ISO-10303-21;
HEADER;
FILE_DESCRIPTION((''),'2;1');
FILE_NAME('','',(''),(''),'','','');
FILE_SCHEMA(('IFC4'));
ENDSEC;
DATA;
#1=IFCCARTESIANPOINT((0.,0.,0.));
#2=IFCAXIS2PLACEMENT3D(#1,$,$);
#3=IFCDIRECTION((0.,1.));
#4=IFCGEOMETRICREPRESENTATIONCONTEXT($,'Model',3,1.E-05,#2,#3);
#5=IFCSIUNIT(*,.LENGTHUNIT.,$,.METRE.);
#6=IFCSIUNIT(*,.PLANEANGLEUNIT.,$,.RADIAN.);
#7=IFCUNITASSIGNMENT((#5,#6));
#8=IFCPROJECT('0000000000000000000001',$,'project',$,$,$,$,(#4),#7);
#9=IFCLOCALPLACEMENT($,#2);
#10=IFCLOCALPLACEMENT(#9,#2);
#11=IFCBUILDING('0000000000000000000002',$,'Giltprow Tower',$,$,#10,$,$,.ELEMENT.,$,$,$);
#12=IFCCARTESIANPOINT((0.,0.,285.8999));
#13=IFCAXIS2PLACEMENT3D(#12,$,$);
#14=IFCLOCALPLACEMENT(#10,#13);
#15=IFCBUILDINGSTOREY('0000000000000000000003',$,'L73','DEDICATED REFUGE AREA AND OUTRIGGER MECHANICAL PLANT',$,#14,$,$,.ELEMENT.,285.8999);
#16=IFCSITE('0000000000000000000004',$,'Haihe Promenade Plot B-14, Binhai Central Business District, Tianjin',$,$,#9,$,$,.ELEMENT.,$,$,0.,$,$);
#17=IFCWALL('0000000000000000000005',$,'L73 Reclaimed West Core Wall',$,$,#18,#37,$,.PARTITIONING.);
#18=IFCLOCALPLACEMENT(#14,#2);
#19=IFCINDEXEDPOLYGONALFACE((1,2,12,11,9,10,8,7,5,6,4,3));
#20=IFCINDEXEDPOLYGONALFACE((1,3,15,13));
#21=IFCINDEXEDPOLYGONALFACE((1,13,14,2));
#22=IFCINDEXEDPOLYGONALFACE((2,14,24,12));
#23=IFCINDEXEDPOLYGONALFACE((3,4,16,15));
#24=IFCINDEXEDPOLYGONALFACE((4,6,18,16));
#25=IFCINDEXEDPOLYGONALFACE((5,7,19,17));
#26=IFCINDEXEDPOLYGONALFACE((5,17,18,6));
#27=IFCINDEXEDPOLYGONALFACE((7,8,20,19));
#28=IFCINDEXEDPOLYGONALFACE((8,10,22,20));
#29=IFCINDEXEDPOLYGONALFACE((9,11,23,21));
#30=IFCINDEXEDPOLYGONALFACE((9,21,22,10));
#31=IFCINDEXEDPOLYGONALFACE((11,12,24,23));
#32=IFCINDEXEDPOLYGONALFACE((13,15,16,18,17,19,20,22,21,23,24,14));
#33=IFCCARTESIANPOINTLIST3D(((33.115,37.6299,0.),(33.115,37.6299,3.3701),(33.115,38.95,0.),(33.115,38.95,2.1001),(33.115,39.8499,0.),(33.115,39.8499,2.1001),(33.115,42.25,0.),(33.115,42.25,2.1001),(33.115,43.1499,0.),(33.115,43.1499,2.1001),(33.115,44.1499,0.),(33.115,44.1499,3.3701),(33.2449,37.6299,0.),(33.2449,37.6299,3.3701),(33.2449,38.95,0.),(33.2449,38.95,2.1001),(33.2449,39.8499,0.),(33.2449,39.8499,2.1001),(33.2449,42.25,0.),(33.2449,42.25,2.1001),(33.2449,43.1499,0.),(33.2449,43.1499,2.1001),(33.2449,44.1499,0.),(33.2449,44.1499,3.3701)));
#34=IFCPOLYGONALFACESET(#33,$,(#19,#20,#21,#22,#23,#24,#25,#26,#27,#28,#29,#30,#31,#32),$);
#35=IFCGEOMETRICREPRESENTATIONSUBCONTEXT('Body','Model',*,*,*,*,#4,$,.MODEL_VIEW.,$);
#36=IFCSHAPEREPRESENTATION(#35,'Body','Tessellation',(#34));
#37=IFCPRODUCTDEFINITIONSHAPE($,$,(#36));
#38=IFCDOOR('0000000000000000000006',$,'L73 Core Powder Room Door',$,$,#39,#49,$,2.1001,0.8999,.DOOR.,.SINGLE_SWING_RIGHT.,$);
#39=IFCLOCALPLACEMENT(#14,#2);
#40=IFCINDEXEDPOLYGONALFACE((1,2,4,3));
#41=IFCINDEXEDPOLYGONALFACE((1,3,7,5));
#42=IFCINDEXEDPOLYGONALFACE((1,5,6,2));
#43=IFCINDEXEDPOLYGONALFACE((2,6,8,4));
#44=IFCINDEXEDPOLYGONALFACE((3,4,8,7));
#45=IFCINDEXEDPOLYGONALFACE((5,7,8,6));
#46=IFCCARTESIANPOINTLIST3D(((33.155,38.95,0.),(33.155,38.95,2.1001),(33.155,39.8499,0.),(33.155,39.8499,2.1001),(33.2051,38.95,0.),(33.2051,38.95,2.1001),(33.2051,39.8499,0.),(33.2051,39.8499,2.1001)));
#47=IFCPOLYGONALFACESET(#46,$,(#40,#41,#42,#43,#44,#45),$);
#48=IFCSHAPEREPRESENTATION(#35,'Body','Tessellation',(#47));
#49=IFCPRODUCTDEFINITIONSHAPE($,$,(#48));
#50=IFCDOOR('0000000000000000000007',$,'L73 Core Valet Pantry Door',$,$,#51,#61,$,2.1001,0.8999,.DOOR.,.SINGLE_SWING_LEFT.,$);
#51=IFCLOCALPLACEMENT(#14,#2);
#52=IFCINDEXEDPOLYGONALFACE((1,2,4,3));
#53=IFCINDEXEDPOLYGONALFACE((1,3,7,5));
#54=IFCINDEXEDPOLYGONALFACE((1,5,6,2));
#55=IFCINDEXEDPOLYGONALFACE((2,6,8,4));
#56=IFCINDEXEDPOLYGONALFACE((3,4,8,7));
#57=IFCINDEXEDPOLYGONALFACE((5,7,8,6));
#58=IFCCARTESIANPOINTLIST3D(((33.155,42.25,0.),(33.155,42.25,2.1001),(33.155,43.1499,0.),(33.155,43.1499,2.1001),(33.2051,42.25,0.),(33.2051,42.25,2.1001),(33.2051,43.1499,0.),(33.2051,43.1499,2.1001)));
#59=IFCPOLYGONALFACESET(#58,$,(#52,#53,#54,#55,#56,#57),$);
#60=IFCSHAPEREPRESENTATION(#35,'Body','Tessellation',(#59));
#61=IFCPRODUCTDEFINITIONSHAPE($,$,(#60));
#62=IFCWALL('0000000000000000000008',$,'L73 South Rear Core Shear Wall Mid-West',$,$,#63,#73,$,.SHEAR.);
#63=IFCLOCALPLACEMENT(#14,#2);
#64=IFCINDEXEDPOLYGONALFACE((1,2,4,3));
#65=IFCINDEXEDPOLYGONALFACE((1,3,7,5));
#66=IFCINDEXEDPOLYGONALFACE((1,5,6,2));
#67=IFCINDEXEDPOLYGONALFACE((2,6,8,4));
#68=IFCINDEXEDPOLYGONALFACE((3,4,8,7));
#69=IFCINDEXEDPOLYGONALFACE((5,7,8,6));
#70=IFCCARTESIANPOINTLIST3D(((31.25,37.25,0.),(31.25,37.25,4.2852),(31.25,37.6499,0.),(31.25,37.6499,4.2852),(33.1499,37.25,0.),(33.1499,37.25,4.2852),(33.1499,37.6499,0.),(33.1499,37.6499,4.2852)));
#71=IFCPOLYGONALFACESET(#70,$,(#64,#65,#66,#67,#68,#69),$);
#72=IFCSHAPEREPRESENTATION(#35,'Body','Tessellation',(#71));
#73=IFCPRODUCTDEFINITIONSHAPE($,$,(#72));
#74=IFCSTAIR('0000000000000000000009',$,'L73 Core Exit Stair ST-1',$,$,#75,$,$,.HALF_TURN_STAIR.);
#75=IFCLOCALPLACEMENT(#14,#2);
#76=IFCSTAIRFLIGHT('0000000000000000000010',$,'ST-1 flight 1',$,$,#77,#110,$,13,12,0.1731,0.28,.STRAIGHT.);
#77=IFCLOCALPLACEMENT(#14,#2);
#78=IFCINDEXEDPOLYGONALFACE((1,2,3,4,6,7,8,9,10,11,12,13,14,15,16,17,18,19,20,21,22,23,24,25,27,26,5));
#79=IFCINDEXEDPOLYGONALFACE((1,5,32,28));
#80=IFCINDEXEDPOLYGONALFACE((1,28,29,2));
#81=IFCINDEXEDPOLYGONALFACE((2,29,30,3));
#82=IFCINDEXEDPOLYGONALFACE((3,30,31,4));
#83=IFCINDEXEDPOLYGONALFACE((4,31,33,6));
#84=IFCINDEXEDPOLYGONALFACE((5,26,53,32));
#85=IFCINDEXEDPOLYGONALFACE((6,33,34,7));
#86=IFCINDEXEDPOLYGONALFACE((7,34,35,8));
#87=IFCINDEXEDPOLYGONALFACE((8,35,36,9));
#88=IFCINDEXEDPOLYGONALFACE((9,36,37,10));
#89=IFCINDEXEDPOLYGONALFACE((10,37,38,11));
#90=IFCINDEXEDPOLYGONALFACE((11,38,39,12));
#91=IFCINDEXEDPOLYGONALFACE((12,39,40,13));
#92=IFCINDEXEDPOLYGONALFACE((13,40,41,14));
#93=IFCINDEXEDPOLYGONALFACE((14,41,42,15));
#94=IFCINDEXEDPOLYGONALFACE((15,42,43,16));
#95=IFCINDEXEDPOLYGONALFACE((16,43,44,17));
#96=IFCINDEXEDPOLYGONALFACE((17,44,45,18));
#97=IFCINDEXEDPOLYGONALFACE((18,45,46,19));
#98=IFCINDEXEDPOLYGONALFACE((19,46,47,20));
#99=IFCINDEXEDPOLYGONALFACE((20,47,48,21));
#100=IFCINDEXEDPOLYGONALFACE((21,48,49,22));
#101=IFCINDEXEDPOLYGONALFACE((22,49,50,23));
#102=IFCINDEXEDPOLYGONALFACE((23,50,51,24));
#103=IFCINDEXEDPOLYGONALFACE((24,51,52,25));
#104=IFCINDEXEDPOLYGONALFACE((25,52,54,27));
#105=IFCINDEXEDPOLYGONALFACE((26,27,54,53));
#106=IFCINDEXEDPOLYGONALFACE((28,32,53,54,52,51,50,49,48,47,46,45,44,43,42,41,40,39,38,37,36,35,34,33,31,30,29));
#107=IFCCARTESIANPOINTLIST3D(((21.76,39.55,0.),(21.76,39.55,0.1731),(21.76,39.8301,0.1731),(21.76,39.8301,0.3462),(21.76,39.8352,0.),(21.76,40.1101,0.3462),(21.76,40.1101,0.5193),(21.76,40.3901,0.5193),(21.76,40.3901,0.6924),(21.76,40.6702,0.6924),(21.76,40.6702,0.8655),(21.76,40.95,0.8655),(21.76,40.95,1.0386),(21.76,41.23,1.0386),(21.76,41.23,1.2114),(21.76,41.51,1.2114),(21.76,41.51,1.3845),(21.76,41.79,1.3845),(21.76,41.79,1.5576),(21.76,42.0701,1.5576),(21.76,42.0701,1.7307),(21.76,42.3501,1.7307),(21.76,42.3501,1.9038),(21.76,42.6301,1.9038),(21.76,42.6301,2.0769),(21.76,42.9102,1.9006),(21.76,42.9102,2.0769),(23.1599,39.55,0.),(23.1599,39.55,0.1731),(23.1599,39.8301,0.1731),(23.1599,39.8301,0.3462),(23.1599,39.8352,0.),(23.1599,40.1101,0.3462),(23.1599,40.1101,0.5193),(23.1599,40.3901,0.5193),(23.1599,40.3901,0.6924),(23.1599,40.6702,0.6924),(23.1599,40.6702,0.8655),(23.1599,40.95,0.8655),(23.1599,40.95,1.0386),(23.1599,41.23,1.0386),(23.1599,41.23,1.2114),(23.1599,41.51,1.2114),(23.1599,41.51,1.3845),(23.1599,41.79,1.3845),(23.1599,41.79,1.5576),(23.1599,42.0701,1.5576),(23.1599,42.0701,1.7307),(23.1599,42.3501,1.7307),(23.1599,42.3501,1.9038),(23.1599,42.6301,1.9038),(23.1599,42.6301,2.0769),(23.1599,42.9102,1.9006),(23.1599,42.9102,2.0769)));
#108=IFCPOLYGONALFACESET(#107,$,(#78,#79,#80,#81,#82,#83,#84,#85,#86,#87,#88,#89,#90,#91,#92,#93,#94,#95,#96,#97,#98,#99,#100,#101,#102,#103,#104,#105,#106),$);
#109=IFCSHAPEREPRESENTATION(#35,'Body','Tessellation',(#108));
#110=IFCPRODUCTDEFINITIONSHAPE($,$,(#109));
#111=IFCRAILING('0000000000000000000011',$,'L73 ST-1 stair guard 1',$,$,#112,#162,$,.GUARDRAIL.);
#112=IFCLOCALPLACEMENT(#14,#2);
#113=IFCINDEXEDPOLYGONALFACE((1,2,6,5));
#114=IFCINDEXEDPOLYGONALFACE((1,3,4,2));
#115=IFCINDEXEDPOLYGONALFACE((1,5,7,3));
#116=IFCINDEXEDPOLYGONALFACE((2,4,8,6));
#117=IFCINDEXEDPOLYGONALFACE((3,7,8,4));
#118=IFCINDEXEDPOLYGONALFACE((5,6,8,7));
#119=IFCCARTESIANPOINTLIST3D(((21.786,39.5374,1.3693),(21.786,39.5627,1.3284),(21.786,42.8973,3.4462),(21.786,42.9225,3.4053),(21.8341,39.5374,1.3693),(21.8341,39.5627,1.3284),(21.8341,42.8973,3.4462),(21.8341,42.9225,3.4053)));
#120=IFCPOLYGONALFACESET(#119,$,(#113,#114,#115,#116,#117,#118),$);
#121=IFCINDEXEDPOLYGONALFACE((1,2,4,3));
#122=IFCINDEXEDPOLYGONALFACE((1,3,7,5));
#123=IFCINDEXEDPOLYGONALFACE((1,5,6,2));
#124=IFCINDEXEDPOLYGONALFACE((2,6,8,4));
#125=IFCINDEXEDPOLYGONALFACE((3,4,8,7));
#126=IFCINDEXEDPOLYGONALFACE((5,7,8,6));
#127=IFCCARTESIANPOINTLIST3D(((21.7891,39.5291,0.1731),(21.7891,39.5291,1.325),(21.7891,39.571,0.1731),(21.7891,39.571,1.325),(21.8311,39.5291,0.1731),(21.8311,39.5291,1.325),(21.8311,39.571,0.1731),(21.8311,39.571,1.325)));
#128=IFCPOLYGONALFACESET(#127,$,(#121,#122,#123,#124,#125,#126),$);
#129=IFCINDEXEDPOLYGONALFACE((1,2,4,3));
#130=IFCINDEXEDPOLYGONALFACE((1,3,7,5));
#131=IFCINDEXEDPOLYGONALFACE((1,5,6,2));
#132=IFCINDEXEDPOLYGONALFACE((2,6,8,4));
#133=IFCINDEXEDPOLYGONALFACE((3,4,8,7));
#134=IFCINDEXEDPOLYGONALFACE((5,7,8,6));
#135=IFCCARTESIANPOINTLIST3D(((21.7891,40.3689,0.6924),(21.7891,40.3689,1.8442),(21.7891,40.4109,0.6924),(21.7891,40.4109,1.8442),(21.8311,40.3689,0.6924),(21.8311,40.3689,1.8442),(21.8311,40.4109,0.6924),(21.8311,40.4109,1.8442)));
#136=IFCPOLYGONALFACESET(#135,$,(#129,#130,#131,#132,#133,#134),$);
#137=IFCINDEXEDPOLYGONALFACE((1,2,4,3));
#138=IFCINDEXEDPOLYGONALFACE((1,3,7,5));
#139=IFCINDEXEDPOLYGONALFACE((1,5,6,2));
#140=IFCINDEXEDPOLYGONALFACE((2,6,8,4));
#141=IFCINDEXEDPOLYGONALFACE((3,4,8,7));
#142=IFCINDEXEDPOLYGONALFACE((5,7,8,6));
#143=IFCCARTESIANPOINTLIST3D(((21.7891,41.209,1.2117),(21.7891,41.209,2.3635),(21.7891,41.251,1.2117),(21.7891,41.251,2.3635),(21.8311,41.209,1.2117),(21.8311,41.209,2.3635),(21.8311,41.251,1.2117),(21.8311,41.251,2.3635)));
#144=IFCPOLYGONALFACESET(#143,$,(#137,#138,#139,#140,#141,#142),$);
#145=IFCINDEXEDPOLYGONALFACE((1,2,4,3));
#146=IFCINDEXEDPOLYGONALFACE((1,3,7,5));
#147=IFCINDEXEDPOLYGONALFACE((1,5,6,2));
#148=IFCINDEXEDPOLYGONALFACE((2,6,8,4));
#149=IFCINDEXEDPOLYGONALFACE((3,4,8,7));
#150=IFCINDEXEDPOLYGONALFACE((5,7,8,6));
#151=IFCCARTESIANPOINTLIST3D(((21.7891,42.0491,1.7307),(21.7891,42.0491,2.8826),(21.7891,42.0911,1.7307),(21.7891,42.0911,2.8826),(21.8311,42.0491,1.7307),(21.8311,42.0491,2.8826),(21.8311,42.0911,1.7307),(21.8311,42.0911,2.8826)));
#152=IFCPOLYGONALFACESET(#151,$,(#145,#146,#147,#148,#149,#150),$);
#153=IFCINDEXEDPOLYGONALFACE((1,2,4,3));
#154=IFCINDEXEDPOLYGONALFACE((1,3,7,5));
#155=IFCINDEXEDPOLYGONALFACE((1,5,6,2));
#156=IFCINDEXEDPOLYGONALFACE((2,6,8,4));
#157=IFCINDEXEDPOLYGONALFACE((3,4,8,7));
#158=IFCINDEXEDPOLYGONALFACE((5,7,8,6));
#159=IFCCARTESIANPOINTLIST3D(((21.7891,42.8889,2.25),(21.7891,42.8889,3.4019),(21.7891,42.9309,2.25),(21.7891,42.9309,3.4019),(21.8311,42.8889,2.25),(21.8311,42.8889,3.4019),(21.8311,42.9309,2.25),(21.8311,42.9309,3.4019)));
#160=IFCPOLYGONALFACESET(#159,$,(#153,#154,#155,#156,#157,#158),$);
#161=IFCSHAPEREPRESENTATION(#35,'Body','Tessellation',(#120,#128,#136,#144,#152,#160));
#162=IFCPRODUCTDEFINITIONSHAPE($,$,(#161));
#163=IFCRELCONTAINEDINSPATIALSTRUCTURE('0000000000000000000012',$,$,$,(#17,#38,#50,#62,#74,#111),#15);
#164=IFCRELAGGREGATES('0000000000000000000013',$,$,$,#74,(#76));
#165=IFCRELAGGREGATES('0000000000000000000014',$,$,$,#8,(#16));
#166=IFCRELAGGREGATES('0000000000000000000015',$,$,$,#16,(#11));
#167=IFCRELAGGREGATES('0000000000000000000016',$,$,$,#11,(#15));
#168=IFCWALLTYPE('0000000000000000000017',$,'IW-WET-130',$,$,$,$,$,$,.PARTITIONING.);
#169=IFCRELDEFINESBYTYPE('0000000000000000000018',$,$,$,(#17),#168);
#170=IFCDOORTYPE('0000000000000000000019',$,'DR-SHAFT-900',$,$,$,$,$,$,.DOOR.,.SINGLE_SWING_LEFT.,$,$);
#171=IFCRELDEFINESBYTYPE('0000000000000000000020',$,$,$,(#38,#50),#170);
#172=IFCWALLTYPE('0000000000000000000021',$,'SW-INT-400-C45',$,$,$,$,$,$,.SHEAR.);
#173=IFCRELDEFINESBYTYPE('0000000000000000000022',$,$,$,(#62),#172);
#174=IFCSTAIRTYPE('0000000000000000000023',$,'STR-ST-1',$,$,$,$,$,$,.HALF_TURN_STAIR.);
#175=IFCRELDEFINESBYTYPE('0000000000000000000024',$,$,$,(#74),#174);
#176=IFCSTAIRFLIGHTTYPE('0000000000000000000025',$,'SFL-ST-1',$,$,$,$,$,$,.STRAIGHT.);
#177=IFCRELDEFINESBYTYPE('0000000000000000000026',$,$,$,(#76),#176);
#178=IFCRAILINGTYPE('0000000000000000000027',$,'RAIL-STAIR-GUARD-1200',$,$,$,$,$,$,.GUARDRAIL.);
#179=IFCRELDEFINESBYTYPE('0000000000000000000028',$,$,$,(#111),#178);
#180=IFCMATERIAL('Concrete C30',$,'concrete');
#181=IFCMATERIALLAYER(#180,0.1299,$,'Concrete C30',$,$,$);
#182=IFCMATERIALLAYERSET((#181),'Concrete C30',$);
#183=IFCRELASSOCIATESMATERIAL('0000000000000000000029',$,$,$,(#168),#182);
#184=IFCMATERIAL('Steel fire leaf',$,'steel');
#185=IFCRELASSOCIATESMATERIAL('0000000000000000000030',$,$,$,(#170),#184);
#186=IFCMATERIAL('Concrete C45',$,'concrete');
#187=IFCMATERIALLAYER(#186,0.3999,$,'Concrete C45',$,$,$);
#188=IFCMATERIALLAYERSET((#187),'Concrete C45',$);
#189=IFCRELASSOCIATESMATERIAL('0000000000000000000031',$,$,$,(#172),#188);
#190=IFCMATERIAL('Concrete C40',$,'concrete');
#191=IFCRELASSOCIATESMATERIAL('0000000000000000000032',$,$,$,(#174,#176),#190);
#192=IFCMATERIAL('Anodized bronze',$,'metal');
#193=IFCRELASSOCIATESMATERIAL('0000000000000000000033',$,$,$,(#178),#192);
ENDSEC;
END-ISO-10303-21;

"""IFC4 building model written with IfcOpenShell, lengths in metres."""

from ifc_helpers import new_model, si_unit, direction, frame, frame_2d, origin, origin_2d, place, context, subcontext, project, spatial, polyline, rectangle, outline, extrude, source, transform, mapped, material, layer, layer_set, type_object, element, fill, aggregate, save


model = new_model("IFC4")

# Units and contexts
model_context = context("Model", 3, precision=1e-05, world=origin(), true_north=direction((0.0, 1.0)))
body_context = subcontext(model_context, "Body", "Model", "MODEL_VIEW")
ifc_project = project(units=[si_unit("LENGTHUNIT", "METRE"), si_unit("PLANEANGLEUNIT", "RADIAN")], contexts=[model_context])

# Site, building, storey
site_placement = place(None, origin())
site = spatial("IfcSite", under=ifc_project, at=site_placement, Name="Haihe Promenade Plot B-14, Binhai Central Business District, Tianjin", CompositionType="ELEMENT", RefElevation=0.0)
building_placement = place(site_placement, origin())
building = spatial("IfcBuilding", under=site, at=building_placement, Name="Giltprow Tower", CompositionType="ELEMENT")
storey_placement = place(building_placement, frame((0.0, 0.0, 285.8999)))
storey = spatial("IfcBuildingStorey", under=building, at=storey_placement, Name="L73", Description="DEDICATED REFUGE AREA AND OUTRIGGER MECHANICAL PLANT", CompositionType="ELEMENT", Elevation=285.8999)

# Shared definitions
ifc_material_1 = material(Name="Concrete C45", Category="concrete")

# Shared definitions
ifc_material_2 = material(Name="Concrete C40", Category="concrete")
ifc_material_3 = material(Name="Steel fire leaf", Category="steel")

# Wall, openings, doors
ifc_material_4 = material(Name="Concrete C30", Category="concrete")
ifc_layer_1 = layer(ifc_material_4, 0.1299, Name="Concrete C30")
ifc_layer_set_1 = layer_set([ifc_layer_1], Name="Concrete C30")
wall_type_1 = type_object("IfcWallType", Name="IW-WET-130", PredefinedType="PARTITIONING", material=ifc_layer_set_1)
wall_1_placement = place(storey_placement, frame((33.1799, 37.6299, 0.0), z_axis=(0.0, 0.0, 1.0), x_axis=(0.0, 1.0, 0.0)))
wall_1 = element("IfcWall", 1, at=wall_1_placement, inside=storey, type_object=wall_type_1, Name="L73 Reclaimed West Core Wall", PredefinedType="PARTITIONING", context=body_context, shape_type="SweptSolid", body=[
    extrude(rectangle(XDim=6.52, YDim=0.1299, at=frame_2d((3.26, 0.0))), origin(), (0.0, 0.0, 1.0), 3.3701),
])
opening_1_placement = place(wall_1_placement, frame((1.3201, 0.0, 0.0)))
opening_1 = element("IfcOpeningElement", 2, at=opening_1_placement, cuts=wall_1, PredefinedType="OPENING", context=body_context, shape_type="SweptSolid", body=[
    extrude(rectangle(XDim=0.8999, YDim=2.1001, at=frame_2d((0.45, 1.05))), frame((0.0, 0.075, 0.0), z_axis=(0.0, -1.0, 0.0), x_axis=(1.0, 0.0, 0.0)), (0.0, 0.0, 1.0), 0.1499),
])
opening_2_placement = place(wall_1_placement, frame((4.6201, 0.0, 0.0)))
opening_2 = element("IfcOpeningElement", 3, at=opening_2_placement, cuts=wall_1, PredefinedType="OPENING", context=body_context, shape_type="SweptSolid", body=[
    extrude(rectangle(XDim=0.8999, YDim=2.1001, at=frame_2d((0.45, 1.05))), frame((0.0, 0.075, 0.0), z_axis=(0.0, -1.0, 0.0), x_axis=(1.0, 0.0, 0.0)), (0.0, 0.0, 1.0), 0.1499),
])
door_type_1 = type_object("IfcDoorType", Name="DR-SHAFT-900", OperationType="SINGLE_SWING_LEFT", PredefinedType="DOOR", material=ifc_material_3)
shared_shape_1 = source(origin(), body_context, "Body", "SweptSolid", [
    extrude(rectangle(XDim=0.8999, YDim=2.1001, at=frame_2d((0.45, 1.05))), frame((0.0, 0.0249, 0.0), z_axis=(0.0, -1.0, 0.0), x_axis=(1.0, 0.0, 0.0)), (0.0, 0.0, 1.0), 0.05),
])
door_1_placement = place(opening_1_placement, origin())
door_1 = element("IfcDoor", 4, at=door_1_placement, inside=storey, type_object=door_type_1, Name="L73 Core Powder Room Door", OperationType="SINGLE_SWING_RIGHT", OverallHeight=2.1001, OverallWidth=0.8999, PredefinedType="DOOR", context=body_context, shape_type="MappedRepresentation", body=[
    mapped(shared_shape_1, transform((0.0, 0.0, 0.0), x_axis=(1.0, 0.0, 0.0), y_axis=(0.0, 1.0, 0.0), z_axis=(0.0, 0.0, 1.0), scale=1.0)),
])
fill(opening_1, door_1)
door_2_placement = place(opening_2_placement, origin())
door_2 = element("IfcDoor", 5, at=door_2_placement, inside=storey, type_object=door_type_1, Name="L73 Core Valet Pantry Door", OperationType="SINGLE_SWING_LEFT", OverallHeight=2.1001, OverallWidth=0.8999, PredefinedType="DOOR", context=body_context, shape_type="MappedRepresentation", body=[
    mapped(shared_shape_1, transform((0.0, 0.0, 0.0), x_axis=(1.0, 0.0, 0.0), y_axis=(0.0, 1.0, 0.0), z_axis=(0.0, 0.0, 1.0), scale=1.0)),
])
fill(opening_2, door_2)

# Wall
ifc_layer_2 = layer(ifc_material_1, 0.3999, Name="Concrete C45")
ifc_layer_set_2 = layer_set([ifc_layer_2], Name="Concrete C45")
wall_type_2 = type_object("IfcWallType", Name="SW-INT-400-C45", PredefinedType="SHEAR", material=ifc_layer_set_2)
wall_2_placement = place(storey_placement, frame((31.25, 37.45, 0.0), z_axis=(0.0, 0.0, 1.0), x_axis=(1.0, 0.0, 0.0)))
element("IfcWall", 6, at=wall_2_placement, inside=storey, type_object=wall_type_2, Name="L73 South Rear Core Shear Wall Mid-West", PredefinedType="SHEAR", context=body_context, shape_type="SweptSolid", body=[
    extrude(rectangle(XDim=1.8999, YDim=0.3999, at=frame_2d((0.95, 0.0))), origin(), (0.0, 0.0, 1.0), 4.2852),
])

# Stair, stair flight
stair_type = type_object("IfcStairType", Name="STR-ST-1", PredefinedType="HALF_TURN_STAIR", material=ifc_material_2)
stair_placement = place(storey_placement, origin())
stair = element("IfcStair", 7, at=stair_placement, inside=storey, type_object=stair_type, Name="L73 Core Exit Stair ST-1", PredefinedType="HALF_TURN_STAIR")
stair_flight_type = type_object("IfcStairFlightType", Name="SFL-ST-1", PredefinedType="STRAIGHT", material=ifc_material_2)
stair_flight_placement = place(storey_placement, frame((22.46, 39.55, 0.0), z_axis=(0.0, 0.0, 1.0), x_axis=(0.0, 1.0, 0.0)))
stair_flight = element("IfcStairFlight", 8, at=stair_flight_placement, type_object=stair_flight_type, Name="ST-1 flight 1", NumberOfRisers=13, NumberOfTreads=12, PredefinedType="STRAIGHT", RiserHeight=0.1731, TreadLength=0.28, context=body_context, shape_type="SweptSolid", body=[
    extrude(outline(polyline([(0.0, 0.0), (0.0, 0.1731), (0.28, 0.1731), (0.28, 0.3462), (0.5601, 0.3462), (0.5601, 0.5193), (0.8401, 0.5193), (0.8401, 0.6924), (1.1201, 0.6924), (1.1201, 0.8655), (1.3999, 0.8655), (1.3999, 1.0386), (1.6799, 1.0386), (1.6799, 1.2114), (1.96, 1.2114), (1.96, 1.3845), (2.24, 1.3845), (2.24, 1.5576), (2.52, 1.5576), (2.52, 1.7307), (2.8, 1.7307), (2.8, 1.9038), (3.0801, 1.9038), (3.0801, 2.0769), (3.3601, 2.0769), (3.3601, 2.25), (3.3601, 1.9006), (0.2852, 0.0), (0.0, 0.0)])), frame((0.0, 0.7, 0.0), z_axis=(0.0, -1.0, 0.0), x_axis=(1.0, 0.0, 0.0)), (0.0, 0.0, 1.0), 1.3999),
])
aggregate(stair, [stair_flight])

# Railing
ifc_material_5 = material(Name="Anodized bronze", Category="metal")
railing_type_1 = type_object("IfcRailingType", Name="RAIL-STAIR-GUARD-1200", PredefinedType="GUARDRAIL", material=ifc_material_5)
for number, where, name in (
    (9, (21.8101, 39.55, 0.1731), "L73 ST-1 stair guard 1"),
):
    element("IfcRailing", number, at=place(storey_placement, frame(where)), inside=storey, type_object=railing_type_1, Name=name, PredefinedType="GUARDRAIL", context=body_context, shape_type="SweptSolid", body=[
        extrude(rectangle(XDim=0.0481, YDim=0.0481, at=origin_2d()), frame((0.0, 0.0, 1.1758), z_axis=(0.0, 0.850606, 0.525803), x_axis=(-1.0, 0.0, 0.0)), (0.0, 0.0, 1.0), 3.95),
        extrude(rectangle(XDim=0.042, YDim=0.042, at=origin_2d()), origin(), (0.0, 0.0, 1.0), 1.1519),
        extrude(rectangle(XDim=0.042, YDim=0.042, at=origin_2d()), frame((0.0, 0.8398, 0.5193)), (0.0, 0.0, 1.0), 1.1519),
        extrude(rectangle(XDim=0.042, YDim=0.042, at=origin_2d()), frame((0.0, 1.6799, 1.0386)), (0.0, 0.0, 1.0), 1.1519),
        extrude(rectangle(XDim=0.042, YDim=0.042, at=origin_2d()), frame((0.0, 2.52, 1.5576)), (0.0, 0.0, 1.0), 1.1519),
        extrude(rectangle(XDim=0.042, YDim=0.042, at=origin_2d()), frame((0.0, 3.3599, 2.0769)), (0.0, 0.0, 1.0), 1.1519),
    ])

save(model, "model.ifc")
